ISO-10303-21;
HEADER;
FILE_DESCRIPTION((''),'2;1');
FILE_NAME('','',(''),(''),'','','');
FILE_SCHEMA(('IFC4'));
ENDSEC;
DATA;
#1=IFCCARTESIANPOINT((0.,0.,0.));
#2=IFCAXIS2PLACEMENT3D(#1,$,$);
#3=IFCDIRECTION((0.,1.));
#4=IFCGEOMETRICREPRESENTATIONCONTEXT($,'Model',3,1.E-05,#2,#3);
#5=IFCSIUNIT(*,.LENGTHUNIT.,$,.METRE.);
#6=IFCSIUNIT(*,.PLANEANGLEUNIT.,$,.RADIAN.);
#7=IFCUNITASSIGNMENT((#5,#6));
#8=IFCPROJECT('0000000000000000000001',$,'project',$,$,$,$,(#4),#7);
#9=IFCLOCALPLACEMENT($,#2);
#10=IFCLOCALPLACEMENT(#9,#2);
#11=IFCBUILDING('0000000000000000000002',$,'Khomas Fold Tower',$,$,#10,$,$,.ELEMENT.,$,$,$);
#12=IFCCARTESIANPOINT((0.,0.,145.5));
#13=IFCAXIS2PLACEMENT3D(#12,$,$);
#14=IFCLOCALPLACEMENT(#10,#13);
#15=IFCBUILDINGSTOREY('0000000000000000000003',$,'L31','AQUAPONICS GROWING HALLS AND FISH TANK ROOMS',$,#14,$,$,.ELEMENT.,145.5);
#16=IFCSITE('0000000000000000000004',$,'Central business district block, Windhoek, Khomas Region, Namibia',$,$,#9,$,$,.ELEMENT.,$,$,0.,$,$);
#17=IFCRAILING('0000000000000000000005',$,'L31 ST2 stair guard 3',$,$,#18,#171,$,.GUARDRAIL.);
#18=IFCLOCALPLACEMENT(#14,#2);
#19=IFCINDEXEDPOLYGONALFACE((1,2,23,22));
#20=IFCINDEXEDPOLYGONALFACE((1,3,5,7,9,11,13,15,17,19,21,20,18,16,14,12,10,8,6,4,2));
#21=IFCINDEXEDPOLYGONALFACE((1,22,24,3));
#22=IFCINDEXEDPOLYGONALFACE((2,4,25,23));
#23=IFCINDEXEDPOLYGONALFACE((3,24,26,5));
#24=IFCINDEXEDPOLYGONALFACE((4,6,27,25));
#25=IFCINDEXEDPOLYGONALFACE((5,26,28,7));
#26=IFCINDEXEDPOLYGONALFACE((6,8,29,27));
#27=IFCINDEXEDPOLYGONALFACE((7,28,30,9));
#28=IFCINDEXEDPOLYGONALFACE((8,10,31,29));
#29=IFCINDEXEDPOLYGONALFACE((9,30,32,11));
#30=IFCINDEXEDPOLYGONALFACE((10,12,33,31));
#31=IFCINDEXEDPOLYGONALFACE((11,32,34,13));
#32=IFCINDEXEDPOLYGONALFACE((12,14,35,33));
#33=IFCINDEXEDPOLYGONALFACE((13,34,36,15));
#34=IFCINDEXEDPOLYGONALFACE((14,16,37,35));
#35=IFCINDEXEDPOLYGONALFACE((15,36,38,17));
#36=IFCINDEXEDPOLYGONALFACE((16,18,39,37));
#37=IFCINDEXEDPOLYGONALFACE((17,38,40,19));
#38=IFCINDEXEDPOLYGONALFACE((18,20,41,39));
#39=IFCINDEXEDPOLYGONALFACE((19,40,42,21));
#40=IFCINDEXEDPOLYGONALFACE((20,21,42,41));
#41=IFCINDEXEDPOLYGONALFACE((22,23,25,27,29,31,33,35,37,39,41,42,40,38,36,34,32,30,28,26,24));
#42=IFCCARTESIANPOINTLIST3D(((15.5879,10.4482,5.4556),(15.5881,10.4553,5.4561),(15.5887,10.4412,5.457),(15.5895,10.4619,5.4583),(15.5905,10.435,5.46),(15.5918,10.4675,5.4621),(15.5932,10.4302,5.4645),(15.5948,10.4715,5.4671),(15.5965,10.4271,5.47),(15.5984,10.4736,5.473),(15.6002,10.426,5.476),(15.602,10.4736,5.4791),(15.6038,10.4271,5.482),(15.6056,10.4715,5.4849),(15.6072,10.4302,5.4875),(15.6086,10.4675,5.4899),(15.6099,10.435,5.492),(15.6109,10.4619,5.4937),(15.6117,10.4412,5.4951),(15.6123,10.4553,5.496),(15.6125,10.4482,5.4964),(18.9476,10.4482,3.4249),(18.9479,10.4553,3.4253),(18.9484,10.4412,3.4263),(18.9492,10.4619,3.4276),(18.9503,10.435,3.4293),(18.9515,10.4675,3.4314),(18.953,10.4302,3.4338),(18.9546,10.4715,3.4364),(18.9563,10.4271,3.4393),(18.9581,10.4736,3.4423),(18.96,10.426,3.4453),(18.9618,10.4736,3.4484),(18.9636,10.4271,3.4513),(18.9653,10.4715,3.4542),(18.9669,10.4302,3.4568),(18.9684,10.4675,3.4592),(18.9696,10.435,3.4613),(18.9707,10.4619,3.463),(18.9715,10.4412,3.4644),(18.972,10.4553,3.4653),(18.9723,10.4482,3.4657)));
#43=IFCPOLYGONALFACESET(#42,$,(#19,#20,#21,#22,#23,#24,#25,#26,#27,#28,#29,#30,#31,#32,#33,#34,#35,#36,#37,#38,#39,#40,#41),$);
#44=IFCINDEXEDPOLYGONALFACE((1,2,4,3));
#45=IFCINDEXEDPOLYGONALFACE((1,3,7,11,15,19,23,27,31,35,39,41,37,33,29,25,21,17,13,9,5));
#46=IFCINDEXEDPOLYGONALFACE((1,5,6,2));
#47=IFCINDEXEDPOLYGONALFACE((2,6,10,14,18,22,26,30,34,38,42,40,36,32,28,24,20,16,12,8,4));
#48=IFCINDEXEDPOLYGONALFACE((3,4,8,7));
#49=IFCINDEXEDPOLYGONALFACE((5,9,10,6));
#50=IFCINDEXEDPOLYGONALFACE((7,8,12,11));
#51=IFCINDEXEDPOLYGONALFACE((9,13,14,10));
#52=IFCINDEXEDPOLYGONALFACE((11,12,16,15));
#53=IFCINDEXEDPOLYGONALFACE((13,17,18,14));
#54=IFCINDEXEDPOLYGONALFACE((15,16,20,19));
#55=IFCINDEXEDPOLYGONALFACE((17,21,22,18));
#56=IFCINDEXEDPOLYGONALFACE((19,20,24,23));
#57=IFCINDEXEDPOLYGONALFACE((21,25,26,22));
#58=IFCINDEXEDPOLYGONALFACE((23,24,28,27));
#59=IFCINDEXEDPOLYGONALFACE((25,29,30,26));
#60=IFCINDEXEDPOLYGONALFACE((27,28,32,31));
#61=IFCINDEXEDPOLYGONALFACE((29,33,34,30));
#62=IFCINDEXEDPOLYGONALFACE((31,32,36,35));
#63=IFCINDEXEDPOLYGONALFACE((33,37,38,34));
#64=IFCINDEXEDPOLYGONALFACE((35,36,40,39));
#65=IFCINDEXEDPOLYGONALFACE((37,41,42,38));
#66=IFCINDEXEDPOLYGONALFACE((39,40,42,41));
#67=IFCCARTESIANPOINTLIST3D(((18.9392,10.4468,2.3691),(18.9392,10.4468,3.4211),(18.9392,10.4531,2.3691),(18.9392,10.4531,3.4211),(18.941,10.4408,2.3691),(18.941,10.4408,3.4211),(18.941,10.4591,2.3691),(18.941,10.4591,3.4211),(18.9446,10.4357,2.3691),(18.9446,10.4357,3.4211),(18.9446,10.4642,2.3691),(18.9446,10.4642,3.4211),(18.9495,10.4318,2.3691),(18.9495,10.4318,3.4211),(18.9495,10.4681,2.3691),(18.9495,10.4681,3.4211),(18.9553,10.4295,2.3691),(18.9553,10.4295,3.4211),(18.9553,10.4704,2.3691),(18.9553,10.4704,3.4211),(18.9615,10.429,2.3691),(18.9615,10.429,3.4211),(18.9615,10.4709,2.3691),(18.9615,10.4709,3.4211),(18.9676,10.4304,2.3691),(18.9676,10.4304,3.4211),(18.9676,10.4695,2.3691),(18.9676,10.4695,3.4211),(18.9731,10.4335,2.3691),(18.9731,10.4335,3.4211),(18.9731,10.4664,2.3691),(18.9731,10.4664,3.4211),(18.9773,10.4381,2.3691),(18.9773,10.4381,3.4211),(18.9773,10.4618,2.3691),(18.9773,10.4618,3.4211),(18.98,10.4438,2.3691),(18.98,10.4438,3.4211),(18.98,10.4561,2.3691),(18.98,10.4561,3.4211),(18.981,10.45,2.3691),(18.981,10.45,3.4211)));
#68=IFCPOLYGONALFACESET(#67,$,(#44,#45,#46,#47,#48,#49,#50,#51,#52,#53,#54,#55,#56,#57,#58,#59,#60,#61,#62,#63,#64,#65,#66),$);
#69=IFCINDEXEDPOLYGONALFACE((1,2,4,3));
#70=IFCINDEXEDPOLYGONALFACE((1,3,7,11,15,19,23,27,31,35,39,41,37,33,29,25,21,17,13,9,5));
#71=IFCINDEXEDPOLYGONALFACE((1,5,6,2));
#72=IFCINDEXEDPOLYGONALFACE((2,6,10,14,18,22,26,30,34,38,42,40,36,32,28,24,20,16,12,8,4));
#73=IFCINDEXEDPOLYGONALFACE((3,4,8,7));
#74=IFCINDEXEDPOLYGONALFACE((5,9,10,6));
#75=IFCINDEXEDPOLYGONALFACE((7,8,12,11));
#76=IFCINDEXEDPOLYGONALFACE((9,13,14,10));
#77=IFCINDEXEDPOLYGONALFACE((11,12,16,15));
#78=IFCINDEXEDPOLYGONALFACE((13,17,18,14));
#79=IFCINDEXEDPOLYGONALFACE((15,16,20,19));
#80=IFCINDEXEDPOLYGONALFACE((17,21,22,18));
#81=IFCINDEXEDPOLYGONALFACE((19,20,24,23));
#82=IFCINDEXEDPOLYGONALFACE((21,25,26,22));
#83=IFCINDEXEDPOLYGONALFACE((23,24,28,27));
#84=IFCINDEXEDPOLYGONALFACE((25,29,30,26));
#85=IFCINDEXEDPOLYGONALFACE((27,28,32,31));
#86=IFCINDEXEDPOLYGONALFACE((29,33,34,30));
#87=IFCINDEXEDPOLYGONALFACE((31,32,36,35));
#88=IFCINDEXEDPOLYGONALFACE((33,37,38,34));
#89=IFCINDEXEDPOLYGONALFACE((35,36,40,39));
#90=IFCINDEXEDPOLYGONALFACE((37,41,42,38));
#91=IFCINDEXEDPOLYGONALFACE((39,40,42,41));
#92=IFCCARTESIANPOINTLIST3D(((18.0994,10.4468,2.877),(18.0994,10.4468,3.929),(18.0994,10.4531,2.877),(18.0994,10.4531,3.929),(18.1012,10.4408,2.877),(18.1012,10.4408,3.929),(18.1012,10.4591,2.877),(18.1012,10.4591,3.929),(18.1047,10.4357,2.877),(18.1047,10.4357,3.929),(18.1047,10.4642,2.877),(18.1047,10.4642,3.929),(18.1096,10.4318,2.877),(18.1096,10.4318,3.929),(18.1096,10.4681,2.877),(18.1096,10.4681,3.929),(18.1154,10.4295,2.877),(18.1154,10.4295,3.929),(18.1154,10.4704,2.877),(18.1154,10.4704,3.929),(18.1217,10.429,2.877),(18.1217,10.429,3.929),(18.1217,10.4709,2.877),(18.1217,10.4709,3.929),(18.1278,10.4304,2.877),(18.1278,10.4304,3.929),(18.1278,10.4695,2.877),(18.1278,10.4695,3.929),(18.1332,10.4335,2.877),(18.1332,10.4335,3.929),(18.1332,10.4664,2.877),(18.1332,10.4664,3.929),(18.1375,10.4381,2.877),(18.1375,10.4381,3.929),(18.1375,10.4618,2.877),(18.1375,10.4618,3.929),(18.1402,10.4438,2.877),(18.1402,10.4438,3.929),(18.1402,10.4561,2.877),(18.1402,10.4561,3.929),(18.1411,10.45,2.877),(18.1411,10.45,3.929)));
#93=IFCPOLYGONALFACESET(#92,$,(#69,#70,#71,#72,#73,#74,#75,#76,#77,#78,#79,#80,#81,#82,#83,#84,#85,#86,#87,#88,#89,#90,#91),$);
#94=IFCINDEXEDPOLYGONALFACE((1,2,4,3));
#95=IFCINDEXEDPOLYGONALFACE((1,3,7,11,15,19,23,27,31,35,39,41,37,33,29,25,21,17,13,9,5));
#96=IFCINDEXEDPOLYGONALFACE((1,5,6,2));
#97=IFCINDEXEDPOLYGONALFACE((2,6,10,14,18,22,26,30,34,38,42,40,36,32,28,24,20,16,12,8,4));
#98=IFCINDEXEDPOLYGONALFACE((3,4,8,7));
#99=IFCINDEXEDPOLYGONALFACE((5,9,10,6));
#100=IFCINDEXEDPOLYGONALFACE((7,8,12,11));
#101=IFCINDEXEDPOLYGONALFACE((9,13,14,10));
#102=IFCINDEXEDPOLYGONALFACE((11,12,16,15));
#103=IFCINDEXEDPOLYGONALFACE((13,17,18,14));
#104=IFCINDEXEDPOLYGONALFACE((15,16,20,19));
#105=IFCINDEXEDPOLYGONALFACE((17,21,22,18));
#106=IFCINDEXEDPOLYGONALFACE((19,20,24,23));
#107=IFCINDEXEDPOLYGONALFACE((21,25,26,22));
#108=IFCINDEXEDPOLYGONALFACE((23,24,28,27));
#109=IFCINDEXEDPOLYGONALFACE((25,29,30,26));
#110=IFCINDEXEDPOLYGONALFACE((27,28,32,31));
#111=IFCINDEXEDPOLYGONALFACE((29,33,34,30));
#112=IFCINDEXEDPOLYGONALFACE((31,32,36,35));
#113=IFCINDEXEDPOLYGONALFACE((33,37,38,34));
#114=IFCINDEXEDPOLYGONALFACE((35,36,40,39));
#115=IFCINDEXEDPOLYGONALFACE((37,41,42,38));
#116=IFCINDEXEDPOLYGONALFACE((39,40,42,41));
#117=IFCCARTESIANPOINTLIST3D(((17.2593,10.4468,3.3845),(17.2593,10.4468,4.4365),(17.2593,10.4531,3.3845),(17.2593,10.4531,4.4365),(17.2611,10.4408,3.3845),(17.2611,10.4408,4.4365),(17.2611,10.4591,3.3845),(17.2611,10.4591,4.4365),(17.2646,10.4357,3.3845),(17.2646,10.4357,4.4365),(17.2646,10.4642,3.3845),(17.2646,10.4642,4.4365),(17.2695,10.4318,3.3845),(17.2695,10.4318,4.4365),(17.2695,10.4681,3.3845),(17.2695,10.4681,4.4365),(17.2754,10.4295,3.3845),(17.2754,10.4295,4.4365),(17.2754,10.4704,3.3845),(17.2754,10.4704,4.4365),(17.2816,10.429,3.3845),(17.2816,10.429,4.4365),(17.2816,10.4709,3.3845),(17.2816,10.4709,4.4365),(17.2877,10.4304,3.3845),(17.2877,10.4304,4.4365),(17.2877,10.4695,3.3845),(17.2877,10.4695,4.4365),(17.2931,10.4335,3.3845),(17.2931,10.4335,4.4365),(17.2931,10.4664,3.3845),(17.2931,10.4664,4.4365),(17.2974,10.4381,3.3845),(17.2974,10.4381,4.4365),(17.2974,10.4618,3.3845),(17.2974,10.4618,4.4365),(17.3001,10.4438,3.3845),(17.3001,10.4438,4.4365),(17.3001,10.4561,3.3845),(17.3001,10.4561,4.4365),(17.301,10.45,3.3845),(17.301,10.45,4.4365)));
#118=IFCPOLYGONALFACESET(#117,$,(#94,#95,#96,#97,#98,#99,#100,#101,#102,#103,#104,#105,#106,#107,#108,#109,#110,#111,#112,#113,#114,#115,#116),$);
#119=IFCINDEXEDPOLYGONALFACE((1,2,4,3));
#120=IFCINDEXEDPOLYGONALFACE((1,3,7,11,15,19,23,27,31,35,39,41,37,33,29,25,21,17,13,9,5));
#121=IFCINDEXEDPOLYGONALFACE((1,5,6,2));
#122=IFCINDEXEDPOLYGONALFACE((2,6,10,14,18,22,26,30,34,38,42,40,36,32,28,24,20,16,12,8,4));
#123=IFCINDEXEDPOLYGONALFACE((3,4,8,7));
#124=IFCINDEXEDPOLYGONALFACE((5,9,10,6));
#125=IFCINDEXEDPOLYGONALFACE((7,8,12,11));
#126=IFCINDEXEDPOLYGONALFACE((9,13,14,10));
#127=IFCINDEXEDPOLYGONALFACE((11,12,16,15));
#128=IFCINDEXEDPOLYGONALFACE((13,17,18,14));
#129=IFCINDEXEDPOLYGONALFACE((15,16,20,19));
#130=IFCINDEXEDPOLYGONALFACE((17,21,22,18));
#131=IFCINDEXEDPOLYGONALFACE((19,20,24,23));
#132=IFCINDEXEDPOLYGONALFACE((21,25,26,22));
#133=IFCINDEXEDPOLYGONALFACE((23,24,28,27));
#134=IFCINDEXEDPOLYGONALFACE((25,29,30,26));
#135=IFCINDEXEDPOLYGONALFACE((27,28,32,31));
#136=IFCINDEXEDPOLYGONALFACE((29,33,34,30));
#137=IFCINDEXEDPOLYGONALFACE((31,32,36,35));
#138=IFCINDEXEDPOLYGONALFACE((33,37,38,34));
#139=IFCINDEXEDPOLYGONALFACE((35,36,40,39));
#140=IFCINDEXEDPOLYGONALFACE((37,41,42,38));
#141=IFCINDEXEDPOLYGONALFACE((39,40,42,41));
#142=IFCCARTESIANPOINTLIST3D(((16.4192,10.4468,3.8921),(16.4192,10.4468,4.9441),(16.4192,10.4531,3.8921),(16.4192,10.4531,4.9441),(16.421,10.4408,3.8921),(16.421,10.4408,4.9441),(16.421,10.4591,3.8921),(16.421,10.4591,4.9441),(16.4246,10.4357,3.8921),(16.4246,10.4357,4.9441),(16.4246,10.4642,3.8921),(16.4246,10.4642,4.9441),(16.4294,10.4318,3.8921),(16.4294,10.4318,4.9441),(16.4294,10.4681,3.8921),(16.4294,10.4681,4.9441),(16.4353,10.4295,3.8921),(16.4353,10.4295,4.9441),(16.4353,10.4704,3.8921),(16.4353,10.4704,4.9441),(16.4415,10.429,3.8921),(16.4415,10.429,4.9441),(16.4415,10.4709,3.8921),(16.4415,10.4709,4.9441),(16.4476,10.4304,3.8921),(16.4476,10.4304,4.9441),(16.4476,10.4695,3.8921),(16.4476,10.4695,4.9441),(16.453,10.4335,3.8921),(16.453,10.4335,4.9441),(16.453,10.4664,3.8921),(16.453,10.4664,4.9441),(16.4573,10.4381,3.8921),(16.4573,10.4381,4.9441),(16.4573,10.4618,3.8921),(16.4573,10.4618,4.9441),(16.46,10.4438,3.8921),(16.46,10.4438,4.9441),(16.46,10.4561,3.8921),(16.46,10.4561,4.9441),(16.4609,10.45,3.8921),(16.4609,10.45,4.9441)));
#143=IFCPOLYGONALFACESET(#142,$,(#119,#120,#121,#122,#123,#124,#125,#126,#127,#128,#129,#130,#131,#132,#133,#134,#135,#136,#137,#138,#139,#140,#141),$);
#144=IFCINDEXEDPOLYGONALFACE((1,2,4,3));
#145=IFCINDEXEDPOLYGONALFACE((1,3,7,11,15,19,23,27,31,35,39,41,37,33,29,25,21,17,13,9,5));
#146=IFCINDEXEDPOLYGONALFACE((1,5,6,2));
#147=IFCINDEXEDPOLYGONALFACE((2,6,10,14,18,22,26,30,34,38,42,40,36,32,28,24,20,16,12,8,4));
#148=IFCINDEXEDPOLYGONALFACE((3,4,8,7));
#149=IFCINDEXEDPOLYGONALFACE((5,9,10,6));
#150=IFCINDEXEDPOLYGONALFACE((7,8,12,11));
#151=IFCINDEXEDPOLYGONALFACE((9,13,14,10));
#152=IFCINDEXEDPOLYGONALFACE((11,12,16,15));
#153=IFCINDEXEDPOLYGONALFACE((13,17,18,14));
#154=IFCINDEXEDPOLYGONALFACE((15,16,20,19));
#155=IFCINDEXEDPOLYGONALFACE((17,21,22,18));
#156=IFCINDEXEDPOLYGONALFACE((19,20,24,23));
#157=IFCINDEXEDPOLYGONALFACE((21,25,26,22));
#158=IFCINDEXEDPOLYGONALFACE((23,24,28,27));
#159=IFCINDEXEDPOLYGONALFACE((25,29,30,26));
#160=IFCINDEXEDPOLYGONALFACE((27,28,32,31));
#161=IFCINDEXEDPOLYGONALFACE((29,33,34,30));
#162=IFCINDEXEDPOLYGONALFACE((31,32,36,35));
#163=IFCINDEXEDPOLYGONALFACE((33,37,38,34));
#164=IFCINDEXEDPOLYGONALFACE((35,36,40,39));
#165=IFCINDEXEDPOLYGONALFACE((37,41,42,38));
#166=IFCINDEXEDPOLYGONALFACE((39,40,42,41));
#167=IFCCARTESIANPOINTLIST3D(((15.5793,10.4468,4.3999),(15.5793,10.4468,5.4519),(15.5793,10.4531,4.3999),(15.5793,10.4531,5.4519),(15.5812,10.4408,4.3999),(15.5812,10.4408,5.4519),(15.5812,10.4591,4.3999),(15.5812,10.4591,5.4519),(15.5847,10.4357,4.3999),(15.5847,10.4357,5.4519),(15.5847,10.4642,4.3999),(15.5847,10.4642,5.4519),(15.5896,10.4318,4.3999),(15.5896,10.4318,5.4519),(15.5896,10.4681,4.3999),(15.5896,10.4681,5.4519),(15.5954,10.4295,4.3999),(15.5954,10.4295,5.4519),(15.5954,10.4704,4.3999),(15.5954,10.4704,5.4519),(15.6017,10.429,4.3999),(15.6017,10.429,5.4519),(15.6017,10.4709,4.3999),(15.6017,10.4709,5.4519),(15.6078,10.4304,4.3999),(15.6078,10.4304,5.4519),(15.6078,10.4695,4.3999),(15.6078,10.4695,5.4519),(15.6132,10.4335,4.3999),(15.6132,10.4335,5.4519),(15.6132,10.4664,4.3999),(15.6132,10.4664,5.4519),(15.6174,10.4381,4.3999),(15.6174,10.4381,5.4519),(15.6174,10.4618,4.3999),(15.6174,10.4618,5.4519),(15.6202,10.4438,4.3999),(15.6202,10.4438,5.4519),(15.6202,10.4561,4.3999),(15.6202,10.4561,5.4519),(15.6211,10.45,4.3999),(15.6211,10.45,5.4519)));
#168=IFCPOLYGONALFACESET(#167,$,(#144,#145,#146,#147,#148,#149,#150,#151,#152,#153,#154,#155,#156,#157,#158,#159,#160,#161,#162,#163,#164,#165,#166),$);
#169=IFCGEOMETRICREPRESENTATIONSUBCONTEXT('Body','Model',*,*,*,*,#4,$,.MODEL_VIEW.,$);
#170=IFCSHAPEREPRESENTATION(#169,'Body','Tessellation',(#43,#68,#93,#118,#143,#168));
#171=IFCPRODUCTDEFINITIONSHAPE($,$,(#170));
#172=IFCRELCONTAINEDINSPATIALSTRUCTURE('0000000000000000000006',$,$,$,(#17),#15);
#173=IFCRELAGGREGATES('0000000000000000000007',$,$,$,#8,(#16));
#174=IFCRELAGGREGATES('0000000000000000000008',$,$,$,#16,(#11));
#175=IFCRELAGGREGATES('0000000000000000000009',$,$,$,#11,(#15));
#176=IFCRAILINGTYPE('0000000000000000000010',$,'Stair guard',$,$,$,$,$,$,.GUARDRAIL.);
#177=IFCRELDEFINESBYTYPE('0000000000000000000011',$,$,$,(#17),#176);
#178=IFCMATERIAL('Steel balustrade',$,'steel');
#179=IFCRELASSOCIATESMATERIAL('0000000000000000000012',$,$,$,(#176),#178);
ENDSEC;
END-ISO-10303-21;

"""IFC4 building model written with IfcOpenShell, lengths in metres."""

from ifc_helpers import new_model, si_unit, direction, frame, origin, origin_2d, place, context, subcontext, project, spatial, circle, extrude, source, transform, mapped, material, type_object, element, save


model = new_model("IFC4")

# Units and contexts
model_context = context("Model", 3, precision=1e-05, world=origin(), true_north=direction((0.0, 1.0)))
body_context = subcontext(model_context, "Body", "Model", "MODEL_VIEW")
ifc_project = project(units=[si_unit("LENGTHUNIT", "METRE"), si_unit("PLANEANGLEUNIT", "RADIAN")], contexts=[model_context])

# Site, building, storey
site_placement = place(None, origin())
site = spatial("IfcSite", under=ifc_project, at=site_placement, Name="Central business district block, Windhoek, Khomas Region, Namibia", CompositionType="ELEMENT", RefElevation=0.0)
building_placement = place(site_placement, origin())
building = spatial("IfcBuilding", under=site, at=building_placement, Name="Khomas Fold Tower", CompositionType="ELEMENT")
storey_placement = place(building_placement, frame((0.0, 0.0, 145.5)))
storey = spatial("IfcBuildingStorey", under=building, at=storey_placement, Name="L31", Description="AQUAPONICS GROWING HALLS AND FISH TANK ROOMS", CompositionType="ELEMENT", Elevation=145.5)

# Railing
ifc_material_1 = material(Name="Steel balustrade", Category="steel")
railing_type_1 = type_object("IfcRailingType", Name="Stair guard", PredefinedType="GUARDRAIL", material=ifc_material_1)
shared_shape_1 = source(origin(), body_context, "Body", "SweptSolid", [
    extrude(circle(Radius=0.0239, at=origin_2d()), frame((0.0, 0.0, 1.0762), z_axis=(-0.85582, 0.0, 0.517273), x_axis=(0.0, -1.0, 0.0)), (0.0, 0.0, 1.0), 3.9258),
    extrude(circle(Radius=0.021, at=origin_2d()), origin(), (0.0, 0.0, 1.0), 1.052),
    extrude(circle(Radius=0.021, at=origin_2d()), frame((-0.8398, 0.0, 0.5078)), (0.0, 0.0, 1.0), 1.052),
    extrude(circle(Radius=0.021, at=origin_2d()), frame((-1.6799, 0.0, 1.0154)), (0.0, 0.0, 1.0), 1.052),
    extrude(circle(Radius=0.021, at=origin_2d()), frame((-2.52, 0.0, 1.5229)), (0.0, 0.0, 1.0), 1.052),
    extrude(circle(Radius=0.021, at=origin_2d()), frame((-3.3599, 0.0, 2.0308)), (0.0, 0.0, 1.0), 1.052),
])
railing_1_placement = place(storey_placement, frame((18.96, 10.45, 2.3691)))
element("IfcRailing", 1, at=railing_1_placement, inside=storey, type_object=railing_type_1, Name="L31 ST2 stair guard 3", PredefinedType="GUARDRAIL", context=body_context, shape_type="MappedRepresentation", body=[
    mapped(shared_shape_1, transform((0.0, 0.0, 0.0))),
])

save(model, "model.ifc")
